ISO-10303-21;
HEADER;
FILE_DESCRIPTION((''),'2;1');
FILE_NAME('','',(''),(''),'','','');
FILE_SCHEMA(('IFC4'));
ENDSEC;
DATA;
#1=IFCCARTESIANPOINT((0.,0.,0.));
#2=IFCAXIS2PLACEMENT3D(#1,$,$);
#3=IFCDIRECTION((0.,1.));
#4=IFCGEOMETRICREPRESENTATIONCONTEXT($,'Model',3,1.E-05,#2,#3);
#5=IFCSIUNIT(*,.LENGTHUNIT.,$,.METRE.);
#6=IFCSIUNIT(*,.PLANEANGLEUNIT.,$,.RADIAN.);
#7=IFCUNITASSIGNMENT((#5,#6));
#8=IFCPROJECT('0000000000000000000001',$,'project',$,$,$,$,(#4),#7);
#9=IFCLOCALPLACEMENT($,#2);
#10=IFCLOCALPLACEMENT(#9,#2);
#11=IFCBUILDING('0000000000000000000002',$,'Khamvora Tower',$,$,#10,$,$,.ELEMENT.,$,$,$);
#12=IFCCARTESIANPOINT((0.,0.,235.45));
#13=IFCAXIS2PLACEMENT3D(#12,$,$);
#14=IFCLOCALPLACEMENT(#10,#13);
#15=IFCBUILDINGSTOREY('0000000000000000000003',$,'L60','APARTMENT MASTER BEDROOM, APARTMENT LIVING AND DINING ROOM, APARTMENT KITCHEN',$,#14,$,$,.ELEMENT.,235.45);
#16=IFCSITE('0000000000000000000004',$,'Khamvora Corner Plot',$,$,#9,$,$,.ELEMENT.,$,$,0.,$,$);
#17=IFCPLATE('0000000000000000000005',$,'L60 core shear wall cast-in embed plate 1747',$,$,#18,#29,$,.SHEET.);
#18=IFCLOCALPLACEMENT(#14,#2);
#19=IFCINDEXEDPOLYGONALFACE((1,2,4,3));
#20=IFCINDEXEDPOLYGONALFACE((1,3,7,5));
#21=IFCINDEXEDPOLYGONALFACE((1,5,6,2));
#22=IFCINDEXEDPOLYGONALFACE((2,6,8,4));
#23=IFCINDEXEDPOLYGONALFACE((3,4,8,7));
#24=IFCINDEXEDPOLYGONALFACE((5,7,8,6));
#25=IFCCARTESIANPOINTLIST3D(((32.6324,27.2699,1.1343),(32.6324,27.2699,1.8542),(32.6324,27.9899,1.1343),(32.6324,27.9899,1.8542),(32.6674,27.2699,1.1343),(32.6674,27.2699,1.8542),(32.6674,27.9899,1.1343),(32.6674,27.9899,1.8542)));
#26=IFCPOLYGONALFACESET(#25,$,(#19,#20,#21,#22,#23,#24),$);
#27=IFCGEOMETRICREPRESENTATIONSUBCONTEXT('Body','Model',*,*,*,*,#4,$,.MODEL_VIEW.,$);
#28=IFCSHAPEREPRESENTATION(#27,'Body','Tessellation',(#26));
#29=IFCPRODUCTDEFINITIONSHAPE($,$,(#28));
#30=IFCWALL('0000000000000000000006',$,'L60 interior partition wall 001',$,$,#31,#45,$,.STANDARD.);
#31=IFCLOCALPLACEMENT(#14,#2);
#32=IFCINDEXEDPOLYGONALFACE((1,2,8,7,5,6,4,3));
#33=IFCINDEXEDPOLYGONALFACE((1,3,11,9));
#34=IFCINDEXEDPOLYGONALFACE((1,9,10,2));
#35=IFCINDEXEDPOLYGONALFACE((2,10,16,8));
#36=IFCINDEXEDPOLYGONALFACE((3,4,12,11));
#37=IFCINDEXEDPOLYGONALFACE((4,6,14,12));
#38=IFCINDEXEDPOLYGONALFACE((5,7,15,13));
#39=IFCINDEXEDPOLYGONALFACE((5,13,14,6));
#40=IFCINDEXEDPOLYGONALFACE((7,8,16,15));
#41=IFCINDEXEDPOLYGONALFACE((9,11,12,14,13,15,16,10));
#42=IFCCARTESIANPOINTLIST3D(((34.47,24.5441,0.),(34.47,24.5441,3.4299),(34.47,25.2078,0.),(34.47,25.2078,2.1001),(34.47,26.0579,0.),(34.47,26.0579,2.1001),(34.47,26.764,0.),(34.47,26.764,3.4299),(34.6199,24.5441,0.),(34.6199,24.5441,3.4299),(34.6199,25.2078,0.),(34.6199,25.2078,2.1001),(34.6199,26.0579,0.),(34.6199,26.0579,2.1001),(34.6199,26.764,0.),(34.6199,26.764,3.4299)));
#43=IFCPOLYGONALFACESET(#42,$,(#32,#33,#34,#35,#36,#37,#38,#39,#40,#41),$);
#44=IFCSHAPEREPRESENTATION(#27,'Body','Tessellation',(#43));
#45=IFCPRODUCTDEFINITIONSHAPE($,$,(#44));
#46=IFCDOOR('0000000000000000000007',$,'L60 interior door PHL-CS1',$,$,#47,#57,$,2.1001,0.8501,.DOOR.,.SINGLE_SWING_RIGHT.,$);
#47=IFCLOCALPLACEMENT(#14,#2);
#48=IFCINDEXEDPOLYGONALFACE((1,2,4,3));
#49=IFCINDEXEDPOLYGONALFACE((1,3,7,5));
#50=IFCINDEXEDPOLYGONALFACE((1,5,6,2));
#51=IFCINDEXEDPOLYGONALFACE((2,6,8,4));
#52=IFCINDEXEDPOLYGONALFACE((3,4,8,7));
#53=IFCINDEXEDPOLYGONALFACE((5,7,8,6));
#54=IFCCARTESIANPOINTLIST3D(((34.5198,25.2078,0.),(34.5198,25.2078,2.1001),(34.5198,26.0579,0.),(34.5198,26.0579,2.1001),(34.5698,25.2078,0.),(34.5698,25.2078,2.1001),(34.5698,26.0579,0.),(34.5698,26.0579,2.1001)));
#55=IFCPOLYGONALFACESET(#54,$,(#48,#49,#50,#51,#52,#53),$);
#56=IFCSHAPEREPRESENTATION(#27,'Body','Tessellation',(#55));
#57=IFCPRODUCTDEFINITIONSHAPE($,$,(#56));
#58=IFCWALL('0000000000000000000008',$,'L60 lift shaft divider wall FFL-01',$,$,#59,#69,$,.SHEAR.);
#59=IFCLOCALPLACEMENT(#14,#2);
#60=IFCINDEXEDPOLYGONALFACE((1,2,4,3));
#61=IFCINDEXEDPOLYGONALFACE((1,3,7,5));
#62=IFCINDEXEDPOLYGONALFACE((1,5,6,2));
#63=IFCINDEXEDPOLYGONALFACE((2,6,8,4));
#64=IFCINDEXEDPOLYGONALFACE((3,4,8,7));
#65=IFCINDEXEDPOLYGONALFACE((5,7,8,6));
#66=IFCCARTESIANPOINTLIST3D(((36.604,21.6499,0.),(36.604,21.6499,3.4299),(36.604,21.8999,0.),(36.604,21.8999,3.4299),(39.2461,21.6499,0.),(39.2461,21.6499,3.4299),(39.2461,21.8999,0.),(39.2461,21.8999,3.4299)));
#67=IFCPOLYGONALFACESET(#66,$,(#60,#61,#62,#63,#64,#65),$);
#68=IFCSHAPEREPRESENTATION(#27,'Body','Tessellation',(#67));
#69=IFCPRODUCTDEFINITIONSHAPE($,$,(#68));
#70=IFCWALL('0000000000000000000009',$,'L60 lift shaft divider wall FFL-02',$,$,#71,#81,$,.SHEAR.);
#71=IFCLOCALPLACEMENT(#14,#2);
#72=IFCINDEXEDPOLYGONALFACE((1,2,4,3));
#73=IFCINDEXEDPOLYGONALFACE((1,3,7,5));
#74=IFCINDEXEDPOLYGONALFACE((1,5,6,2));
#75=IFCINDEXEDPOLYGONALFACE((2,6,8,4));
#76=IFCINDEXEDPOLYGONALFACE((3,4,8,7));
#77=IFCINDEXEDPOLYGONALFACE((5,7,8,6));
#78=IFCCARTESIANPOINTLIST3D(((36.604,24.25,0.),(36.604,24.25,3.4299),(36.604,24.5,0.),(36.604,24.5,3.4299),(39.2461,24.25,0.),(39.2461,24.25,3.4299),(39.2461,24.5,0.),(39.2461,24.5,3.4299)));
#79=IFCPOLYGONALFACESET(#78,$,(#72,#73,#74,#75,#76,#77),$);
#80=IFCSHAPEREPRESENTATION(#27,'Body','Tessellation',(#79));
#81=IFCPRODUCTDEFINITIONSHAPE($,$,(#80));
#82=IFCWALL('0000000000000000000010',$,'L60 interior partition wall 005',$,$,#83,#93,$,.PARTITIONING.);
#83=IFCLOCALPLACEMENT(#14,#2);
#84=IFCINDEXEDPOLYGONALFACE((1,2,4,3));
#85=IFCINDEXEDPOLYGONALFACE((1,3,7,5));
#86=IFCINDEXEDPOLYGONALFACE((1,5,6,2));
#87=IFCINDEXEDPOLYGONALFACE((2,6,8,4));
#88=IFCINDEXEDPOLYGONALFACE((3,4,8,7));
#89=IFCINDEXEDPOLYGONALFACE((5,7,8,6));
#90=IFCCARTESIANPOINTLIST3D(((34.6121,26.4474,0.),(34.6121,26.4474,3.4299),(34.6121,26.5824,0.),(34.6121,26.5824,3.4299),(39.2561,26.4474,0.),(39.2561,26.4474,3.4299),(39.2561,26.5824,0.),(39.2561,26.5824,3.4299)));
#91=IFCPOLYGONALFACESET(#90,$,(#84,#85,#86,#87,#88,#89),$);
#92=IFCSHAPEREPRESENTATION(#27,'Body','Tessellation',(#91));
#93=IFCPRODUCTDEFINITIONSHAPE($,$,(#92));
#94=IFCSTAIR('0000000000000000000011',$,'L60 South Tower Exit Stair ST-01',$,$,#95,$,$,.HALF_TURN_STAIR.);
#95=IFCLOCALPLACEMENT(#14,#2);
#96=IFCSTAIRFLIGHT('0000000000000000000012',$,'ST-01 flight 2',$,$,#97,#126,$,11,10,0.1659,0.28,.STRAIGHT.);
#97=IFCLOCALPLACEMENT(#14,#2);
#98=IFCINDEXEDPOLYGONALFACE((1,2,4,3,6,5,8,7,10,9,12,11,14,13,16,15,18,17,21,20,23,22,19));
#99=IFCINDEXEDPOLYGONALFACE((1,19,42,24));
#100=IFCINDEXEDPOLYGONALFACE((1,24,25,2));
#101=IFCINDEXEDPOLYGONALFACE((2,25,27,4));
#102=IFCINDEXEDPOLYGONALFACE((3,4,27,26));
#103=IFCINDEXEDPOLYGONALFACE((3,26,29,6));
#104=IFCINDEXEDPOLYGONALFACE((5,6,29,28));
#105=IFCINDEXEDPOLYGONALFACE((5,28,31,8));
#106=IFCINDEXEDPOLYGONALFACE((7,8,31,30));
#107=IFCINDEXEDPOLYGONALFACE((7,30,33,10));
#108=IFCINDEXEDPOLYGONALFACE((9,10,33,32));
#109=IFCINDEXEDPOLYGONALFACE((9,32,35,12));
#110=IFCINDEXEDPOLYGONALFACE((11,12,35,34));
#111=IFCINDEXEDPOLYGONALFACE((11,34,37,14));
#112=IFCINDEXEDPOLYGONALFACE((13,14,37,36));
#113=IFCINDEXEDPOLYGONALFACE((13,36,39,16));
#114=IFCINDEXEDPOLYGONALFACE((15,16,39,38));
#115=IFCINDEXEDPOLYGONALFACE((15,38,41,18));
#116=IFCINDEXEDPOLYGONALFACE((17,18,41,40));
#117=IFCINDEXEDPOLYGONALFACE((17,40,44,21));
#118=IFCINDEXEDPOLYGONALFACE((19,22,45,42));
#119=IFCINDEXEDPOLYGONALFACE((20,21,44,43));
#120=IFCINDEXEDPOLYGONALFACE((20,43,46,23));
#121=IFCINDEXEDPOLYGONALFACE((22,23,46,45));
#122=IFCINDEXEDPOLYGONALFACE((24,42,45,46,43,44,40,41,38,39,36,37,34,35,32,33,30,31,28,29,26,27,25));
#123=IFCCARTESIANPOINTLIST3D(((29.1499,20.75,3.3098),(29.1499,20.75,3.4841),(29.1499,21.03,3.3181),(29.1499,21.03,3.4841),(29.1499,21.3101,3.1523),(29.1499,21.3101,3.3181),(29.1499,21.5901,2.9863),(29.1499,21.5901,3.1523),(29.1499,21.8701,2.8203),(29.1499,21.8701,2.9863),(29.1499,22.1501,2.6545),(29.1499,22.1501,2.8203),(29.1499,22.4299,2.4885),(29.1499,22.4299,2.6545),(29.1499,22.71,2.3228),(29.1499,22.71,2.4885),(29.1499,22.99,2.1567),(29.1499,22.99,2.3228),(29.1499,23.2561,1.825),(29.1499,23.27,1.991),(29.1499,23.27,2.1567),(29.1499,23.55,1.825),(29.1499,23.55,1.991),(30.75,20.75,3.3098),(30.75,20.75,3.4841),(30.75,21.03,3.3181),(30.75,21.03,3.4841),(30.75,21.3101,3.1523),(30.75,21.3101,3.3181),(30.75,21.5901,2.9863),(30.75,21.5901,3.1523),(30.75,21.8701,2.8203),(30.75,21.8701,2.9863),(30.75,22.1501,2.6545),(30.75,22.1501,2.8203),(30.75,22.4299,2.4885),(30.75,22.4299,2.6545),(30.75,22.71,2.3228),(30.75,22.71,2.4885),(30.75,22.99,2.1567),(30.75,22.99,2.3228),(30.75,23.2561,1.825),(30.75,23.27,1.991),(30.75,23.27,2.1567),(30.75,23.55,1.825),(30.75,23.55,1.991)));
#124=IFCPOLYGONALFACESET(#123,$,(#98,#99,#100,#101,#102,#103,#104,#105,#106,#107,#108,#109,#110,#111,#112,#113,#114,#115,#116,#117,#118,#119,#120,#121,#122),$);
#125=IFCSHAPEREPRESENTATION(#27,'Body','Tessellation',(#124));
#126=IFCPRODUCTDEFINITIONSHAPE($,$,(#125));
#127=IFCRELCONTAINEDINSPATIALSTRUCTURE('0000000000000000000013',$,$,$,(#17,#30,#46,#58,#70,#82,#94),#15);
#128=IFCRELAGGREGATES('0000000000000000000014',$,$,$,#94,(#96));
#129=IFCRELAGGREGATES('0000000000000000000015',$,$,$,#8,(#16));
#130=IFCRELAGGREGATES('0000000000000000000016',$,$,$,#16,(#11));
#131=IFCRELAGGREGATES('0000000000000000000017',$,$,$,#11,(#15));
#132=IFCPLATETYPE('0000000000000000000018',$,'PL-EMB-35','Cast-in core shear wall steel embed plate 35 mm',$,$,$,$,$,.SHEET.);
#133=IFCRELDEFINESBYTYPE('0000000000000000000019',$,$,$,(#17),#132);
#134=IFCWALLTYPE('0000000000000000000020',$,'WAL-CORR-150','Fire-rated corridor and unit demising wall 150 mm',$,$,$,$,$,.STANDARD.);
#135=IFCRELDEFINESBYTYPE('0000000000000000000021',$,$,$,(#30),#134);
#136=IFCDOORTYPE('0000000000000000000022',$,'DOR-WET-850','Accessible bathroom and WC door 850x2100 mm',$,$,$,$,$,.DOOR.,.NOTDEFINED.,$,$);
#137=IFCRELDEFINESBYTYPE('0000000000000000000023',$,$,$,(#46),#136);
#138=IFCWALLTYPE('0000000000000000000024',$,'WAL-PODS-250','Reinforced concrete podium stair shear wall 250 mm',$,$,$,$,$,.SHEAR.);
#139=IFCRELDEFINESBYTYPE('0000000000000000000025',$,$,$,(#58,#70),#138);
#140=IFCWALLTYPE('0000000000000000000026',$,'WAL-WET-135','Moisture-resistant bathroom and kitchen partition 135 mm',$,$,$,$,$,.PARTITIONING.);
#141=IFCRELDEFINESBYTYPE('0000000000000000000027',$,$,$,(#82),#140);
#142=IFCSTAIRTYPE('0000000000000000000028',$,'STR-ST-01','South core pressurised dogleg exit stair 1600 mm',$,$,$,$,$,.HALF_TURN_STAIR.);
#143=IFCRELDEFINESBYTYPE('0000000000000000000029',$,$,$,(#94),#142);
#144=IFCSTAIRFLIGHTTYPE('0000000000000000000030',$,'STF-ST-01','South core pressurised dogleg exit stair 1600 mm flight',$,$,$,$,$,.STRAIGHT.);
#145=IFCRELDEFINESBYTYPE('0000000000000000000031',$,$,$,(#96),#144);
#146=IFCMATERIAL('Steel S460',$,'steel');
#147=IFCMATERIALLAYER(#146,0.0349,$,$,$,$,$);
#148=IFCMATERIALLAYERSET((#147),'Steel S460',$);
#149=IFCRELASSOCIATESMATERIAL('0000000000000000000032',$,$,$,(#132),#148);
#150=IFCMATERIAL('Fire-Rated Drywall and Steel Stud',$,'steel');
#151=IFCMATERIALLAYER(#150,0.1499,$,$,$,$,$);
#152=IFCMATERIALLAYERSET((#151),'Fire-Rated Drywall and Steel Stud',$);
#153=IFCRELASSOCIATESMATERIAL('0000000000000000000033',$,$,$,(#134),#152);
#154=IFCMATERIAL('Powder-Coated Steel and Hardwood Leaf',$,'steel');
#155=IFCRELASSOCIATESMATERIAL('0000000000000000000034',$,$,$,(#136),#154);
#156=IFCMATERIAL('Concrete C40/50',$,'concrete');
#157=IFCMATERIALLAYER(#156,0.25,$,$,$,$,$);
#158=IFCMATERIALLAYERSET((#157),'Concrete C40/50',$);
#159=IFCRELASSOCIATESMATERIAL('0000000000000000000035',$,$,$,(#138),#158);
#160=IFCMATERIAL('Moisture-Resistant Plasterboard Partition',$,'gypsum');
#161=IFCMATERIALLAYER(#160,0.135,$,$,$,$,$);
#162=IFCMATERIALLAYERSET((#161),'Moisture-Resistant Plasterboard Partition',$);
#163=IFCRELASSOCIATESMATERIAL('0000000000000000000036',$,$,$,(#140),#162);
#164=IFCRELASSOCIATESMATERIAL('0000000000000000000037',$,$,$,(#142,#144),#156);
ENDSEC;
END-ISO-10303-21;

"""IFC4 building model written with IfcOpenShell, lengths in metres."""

from ifc_helpers import new_model, si_unit, direction, frame, frame_2d, origin, origin_2d, place, context, subcontext, project, spatial, polyline, rectangle, outline, extrude, material, layer, layer_set, type_object, element, fill, aggregate, save


model = new_model("IFC4")

# Units and contexts
model_context = context("Model", 3, precision=1e-05, world=origin(), true_north=direction((0.0, 1.0)))
body_context = subcontext(model_context, "Body", "Model", "MODEL_VIEW")
ifc_project = project(units=[si_unit("LENGTHUNIT", "METRE"), si_unit("PLANEANGLEUNIT", "RADIAN")], contexts=[model_context])

# Site, building, storey
site_placement = place(None, origin())
site = spatial("IfcSite", under=ifc_project, at=site_placement, Name="Khamvora Corner Plot", CompositionType="ELEMENT", RefElevation=0.0)
building_placement = place(site_placement, origin())
building = spatial("IfcBuilding", under=site, at=building_placement, Name="Khamvora Tower", CompositionType="ELEMENT")
storey_placement = place(building_placement, frame((0.0, 0.0, 235.45)))
storey = spatial("IfcBuildingStorey", under=building, at=storey_placement, Name="L60", Description="APARTMENT MASTER BEDROOM, APARTMENT LIVING AND DINING ROOM, APARTMENT KITCHEN", CompositionType="ELEMENT", Elevation=235.45)

# Plate
ifc_material_1 = material(Name="Steel S460", Category="steel")
ifc_layer_1 = layer(ifc_material_1, 0.0349)
ifc_layer_set_1 = layer_set([ifc_layer_1], Name="Steel S460")
plate_type = type_object("IfcPlateType", Name="PL-EMB-35", Description="Cast-in core shear wall steel embed plate 35 mm", PredefinedType="SHEET", material=ifc_layer_set_1)
for number, where, z_axis, x_axis, name in (
    (1, (32.6499, 27.6299, 1.1343), (0.0, 0.0, 1.0), (1.0, 0.0, 0.0), "L60 core shear wall cast-in embed plate 1747"),
):
    element("IfcPlate", number, at=place(storey_placement, frame(where, z_axis=z_axis, x_axis=x_axis)), inside=storey, type_object=plate_type, Name=name, PredefinedType="SHEET", context=body_context, shape_type="SweptSolid", body=[
        extrude(rectangle(XDim=0.0349, YDim=0.72, at=origin_2d()), origin(), (0.0, 0.0, 1.0), 0.72),
    ])

# Wall, opening, door
ifc_material_2 = material(Name="Powder-Coated Steel and Hardwood Leaf", Category="steel")
ifc_material_3 = material(Name="Fire-Rated Drywall and Steel Stud", Category="steel")
ifc_layer_2 = layer(ifc_material_3, 0.1499)
ifc_layer_set_2 = layer_set([ifc_layer_2], Name="Fire-Rated Drywall and Steel Stud")
wall_type_1 = type_object("IfcWallType", Name="WAL-CORR-150", Description="Fire-rated corridor and unit demising wall 150 mm", PredefinedType="STANDARD", material=ifc_layer_set_2)
wall_1_placement = place(storey_placement, frame((34.5449, 26.7639, 0.0), z_axis=(0.0, 0.0, 1.0), x_axis=(0.0, -1.0, 0.0)))
wall_1 = element("IfcWall", 2, at=wall_1_placement, inside=storey, type_object=wall_type_1, Name="L60 interior partition wall 001", PredefinedType="STANDARD", context=body_context, shape_type="SweptSolid", body=[
    extrude(rectangle(XDim=2.22, YDim=0.1499, at=frame_2d((1.1099, 0.0))), origin(), (0.0, 0.0, 1.0), 3.4299),
])
opening_1_placement = place(wall_1_placement, frame((0.7061, 0.0, 0.0)))
opening_1 = element("IfcOpeningElement", 3, at=opening_1_placement, cuts=wall_1, PredefinedType="OPENING", context=body_context, shape_type="SweptSolid", body=[
    extrude(rectangle(XDim=0.8501, YDim=2.1001, at=frame_2d((0.425, 1.05))), frame((0.0, 0.085, 0.0), z_axis=(0.0, -1.0, 0.0), x_axis=(1.0, 0.0, 0.0)), (0.0, 0.0, 1.0), 0.1699),
])
door_type_1 = type_object("IfcDoorType", Name="DOR-WET-850", Description="Accessible bathroom and WC door 850x2100 mm", OperationType="NOTDEFINED", PredefinedType="DOOR", material=ifc_material_2)
door_1_placement = place(opening_1_placement, origin())
door_1 = element("IfcDoor", 4, at=door_1_placement, inside=storey, type_object=door_type_1, Name="L60 interior door PHL-CS1", OperationType="SINGLE_SWING_RIGHT", OverallHeight=2.1001, OverallWidth=0.8501, PredefinedType="DOOR", context=body_context, shape_type="SweptSolid", body=[
    extrude(rectangle(XDim=0.8501, YDim=2.1001, at=frame_2d((0.425, 1.05))), frame((0.0, 0.0249, 0.0), z_axis=(0.0, -1.0, 0.0), x_axis=(1.0, 0.0, 0.0)), (0.0, 0.0, 1.0), 0.05),
])
fill(opening_1, door_1)

# Walls
ifc_material_4 = material(Name="Concrete C40/50", Category="concrete")
ifc_layer_3 = layer(ifc_material_4, 0.25)
ifc_layer_set_3 = layer_set([ifc_layer_3], Name="Concrete C40/50")
wall_type_2 = type_object("IfcWallType", Name="WAL-PODS-250", Description="Reinforced concrete podium stair shear wall 250 mm", PredefinedType="SHEAR", material=ifc_layer_set_3)
for number, where, z_axis, x_axis, name in (
    (5, (36.604, 21.7749, 0.0), (0.0, 0.0, 1.0), (1.0, 0.0, 0.0), "L60 lift shaft divider wall FFL-01"),
    (6, (36.604, 24.375, 0.0), (0.0, 0.0, 1.0), (1.0, 0.0, 0.0), "L60 lift shaft divider wall FFL-02"),
):
    element("IfcWall", number, at=place(storey_placement, frame(where, z_axis=z_axis, x_axis=x_axis)), inside=storey, type_object=wall_type_2, Name=name, PredefinedType="SHEAR", context=body_context, shape_type="SweptSolid", body=[
        extrude(rectangle(XDim=2.6421, YDim=0.25, at=frame_2d((1.321, 0.0))), origin(), (0.0, 0.0, 1.0), 3.4299),
    ])
ifc_material_5 = material(Name="Moisture-Resistant Plasterboard Partition", Category="gypsum")
ifc_layer_4 = layer(ifc_material_5, 0.135)
ifc_layer_set_4 = layer_set([ifc_layer_4], Name="Moisture-Resistant Plasterboard Partition")
wall_type_3 = type_object("IfcWallType", Name="WAL-WET-135", Description="Moisture-resistant bathroom and kitchen partition 135 mm", PredefinedType="PARTITIONING", material=ifc_layer_set_4)
wall_2_placement = place(storey_placement, frame((34.6121, 26.5149, 0.0), z_axis=(0.0, 0.0, 1.0), x_axis=(1.0, 0.0, 0.0)))
element("IfcWall", 7, at=wall_2_placement, inside=storey, type_object=wall_type_3, Name="L60 interior partition wall 005", PredefinedType="PARTITIONING", context=body_context, shape_type="SweptSolid", body=[
    extrude(rectangle(XDim=4.644, YDim=0.135, at=frame_2d((2.322, 0.0))), origin(), (0.0, 0.0, 1.0), 3.4299),
])

# Stair, stair flight
stair_type = type_object("IfcStairType", Name="STR-ST-01", Description="South core pressurised dogleg exit stair 1600 mm", PredefinedType="HALF_TURN_STAIR", material=ifc_material_4)
stair_placement = place(storey_placement, origin())
stair = element("IfcStair", 8, at=stair_placement, inside=storey, type_object=stair_type, Name="L60 South Tower Exit Stair ST-01", PredefinedType="HALF_TURN_STAIR")
stair_flight_type = type_object("IfcStairFlightType", Name="STF-ST-01", Description="South core pressurised dogleg exit stair 1600 mm flight", PredefinedType="STRAIGHT", material=ifc_material_4)
stair_flight_placement = place(storey_placement, frame((29.95, 23.55, 1.825), z_axis=(0.0, 0.0, 1.0), x_axis=(0.0, -1.0, 0.0)))
stair_flight = element("IfcStairFlight", 9, at=stair_flight_placement, type_object=stair_flight_type, Name="ST-01 flight 2", NumberOfRisers=11, NumberOfTreads=10, PredefinedType="STRAIGHT", RiserHeight=0.1659, TreadLength=0.28, context=body_context, shape_type="SweptSolid", body=[
    extrude(outline(polyline([(0.0, 0.0), (0.0, 0.166), (0.28, 0.166), (0.28, 0.3318), (0.5601, 0.3318), (0.5601, 0.4978), (0.8401, 0.4978), (0.8401, 0.6636), (1.1201, 0.6636), (1.1201, 0.8296), (1.3999, 0.8296), (1.3999, 0.9954), (1.6799, 0.9954), (1.6799, 1.1614), (1.96, 1.1614), (1.96, 1.3274), (2.24, 1.3274), (2.24, 1.4932), (2.52, 1.4932), (2.52, 1.6592), (2.8, 1.6592), (2.8, 1.825), (2.8, 1.4849), (0.2939, 0.0), (0.0, 0.0)])), frame((0.0, 0.8, 0.0), z_axis=(0.0, -1.0, 0.0), x_axis=(1.0, 0.0, 0.0)), (0.0, 0.0, 1.0), 1.6001),
])
aggregate(stair, [stair_flight])

save(model, "model.ifc")
